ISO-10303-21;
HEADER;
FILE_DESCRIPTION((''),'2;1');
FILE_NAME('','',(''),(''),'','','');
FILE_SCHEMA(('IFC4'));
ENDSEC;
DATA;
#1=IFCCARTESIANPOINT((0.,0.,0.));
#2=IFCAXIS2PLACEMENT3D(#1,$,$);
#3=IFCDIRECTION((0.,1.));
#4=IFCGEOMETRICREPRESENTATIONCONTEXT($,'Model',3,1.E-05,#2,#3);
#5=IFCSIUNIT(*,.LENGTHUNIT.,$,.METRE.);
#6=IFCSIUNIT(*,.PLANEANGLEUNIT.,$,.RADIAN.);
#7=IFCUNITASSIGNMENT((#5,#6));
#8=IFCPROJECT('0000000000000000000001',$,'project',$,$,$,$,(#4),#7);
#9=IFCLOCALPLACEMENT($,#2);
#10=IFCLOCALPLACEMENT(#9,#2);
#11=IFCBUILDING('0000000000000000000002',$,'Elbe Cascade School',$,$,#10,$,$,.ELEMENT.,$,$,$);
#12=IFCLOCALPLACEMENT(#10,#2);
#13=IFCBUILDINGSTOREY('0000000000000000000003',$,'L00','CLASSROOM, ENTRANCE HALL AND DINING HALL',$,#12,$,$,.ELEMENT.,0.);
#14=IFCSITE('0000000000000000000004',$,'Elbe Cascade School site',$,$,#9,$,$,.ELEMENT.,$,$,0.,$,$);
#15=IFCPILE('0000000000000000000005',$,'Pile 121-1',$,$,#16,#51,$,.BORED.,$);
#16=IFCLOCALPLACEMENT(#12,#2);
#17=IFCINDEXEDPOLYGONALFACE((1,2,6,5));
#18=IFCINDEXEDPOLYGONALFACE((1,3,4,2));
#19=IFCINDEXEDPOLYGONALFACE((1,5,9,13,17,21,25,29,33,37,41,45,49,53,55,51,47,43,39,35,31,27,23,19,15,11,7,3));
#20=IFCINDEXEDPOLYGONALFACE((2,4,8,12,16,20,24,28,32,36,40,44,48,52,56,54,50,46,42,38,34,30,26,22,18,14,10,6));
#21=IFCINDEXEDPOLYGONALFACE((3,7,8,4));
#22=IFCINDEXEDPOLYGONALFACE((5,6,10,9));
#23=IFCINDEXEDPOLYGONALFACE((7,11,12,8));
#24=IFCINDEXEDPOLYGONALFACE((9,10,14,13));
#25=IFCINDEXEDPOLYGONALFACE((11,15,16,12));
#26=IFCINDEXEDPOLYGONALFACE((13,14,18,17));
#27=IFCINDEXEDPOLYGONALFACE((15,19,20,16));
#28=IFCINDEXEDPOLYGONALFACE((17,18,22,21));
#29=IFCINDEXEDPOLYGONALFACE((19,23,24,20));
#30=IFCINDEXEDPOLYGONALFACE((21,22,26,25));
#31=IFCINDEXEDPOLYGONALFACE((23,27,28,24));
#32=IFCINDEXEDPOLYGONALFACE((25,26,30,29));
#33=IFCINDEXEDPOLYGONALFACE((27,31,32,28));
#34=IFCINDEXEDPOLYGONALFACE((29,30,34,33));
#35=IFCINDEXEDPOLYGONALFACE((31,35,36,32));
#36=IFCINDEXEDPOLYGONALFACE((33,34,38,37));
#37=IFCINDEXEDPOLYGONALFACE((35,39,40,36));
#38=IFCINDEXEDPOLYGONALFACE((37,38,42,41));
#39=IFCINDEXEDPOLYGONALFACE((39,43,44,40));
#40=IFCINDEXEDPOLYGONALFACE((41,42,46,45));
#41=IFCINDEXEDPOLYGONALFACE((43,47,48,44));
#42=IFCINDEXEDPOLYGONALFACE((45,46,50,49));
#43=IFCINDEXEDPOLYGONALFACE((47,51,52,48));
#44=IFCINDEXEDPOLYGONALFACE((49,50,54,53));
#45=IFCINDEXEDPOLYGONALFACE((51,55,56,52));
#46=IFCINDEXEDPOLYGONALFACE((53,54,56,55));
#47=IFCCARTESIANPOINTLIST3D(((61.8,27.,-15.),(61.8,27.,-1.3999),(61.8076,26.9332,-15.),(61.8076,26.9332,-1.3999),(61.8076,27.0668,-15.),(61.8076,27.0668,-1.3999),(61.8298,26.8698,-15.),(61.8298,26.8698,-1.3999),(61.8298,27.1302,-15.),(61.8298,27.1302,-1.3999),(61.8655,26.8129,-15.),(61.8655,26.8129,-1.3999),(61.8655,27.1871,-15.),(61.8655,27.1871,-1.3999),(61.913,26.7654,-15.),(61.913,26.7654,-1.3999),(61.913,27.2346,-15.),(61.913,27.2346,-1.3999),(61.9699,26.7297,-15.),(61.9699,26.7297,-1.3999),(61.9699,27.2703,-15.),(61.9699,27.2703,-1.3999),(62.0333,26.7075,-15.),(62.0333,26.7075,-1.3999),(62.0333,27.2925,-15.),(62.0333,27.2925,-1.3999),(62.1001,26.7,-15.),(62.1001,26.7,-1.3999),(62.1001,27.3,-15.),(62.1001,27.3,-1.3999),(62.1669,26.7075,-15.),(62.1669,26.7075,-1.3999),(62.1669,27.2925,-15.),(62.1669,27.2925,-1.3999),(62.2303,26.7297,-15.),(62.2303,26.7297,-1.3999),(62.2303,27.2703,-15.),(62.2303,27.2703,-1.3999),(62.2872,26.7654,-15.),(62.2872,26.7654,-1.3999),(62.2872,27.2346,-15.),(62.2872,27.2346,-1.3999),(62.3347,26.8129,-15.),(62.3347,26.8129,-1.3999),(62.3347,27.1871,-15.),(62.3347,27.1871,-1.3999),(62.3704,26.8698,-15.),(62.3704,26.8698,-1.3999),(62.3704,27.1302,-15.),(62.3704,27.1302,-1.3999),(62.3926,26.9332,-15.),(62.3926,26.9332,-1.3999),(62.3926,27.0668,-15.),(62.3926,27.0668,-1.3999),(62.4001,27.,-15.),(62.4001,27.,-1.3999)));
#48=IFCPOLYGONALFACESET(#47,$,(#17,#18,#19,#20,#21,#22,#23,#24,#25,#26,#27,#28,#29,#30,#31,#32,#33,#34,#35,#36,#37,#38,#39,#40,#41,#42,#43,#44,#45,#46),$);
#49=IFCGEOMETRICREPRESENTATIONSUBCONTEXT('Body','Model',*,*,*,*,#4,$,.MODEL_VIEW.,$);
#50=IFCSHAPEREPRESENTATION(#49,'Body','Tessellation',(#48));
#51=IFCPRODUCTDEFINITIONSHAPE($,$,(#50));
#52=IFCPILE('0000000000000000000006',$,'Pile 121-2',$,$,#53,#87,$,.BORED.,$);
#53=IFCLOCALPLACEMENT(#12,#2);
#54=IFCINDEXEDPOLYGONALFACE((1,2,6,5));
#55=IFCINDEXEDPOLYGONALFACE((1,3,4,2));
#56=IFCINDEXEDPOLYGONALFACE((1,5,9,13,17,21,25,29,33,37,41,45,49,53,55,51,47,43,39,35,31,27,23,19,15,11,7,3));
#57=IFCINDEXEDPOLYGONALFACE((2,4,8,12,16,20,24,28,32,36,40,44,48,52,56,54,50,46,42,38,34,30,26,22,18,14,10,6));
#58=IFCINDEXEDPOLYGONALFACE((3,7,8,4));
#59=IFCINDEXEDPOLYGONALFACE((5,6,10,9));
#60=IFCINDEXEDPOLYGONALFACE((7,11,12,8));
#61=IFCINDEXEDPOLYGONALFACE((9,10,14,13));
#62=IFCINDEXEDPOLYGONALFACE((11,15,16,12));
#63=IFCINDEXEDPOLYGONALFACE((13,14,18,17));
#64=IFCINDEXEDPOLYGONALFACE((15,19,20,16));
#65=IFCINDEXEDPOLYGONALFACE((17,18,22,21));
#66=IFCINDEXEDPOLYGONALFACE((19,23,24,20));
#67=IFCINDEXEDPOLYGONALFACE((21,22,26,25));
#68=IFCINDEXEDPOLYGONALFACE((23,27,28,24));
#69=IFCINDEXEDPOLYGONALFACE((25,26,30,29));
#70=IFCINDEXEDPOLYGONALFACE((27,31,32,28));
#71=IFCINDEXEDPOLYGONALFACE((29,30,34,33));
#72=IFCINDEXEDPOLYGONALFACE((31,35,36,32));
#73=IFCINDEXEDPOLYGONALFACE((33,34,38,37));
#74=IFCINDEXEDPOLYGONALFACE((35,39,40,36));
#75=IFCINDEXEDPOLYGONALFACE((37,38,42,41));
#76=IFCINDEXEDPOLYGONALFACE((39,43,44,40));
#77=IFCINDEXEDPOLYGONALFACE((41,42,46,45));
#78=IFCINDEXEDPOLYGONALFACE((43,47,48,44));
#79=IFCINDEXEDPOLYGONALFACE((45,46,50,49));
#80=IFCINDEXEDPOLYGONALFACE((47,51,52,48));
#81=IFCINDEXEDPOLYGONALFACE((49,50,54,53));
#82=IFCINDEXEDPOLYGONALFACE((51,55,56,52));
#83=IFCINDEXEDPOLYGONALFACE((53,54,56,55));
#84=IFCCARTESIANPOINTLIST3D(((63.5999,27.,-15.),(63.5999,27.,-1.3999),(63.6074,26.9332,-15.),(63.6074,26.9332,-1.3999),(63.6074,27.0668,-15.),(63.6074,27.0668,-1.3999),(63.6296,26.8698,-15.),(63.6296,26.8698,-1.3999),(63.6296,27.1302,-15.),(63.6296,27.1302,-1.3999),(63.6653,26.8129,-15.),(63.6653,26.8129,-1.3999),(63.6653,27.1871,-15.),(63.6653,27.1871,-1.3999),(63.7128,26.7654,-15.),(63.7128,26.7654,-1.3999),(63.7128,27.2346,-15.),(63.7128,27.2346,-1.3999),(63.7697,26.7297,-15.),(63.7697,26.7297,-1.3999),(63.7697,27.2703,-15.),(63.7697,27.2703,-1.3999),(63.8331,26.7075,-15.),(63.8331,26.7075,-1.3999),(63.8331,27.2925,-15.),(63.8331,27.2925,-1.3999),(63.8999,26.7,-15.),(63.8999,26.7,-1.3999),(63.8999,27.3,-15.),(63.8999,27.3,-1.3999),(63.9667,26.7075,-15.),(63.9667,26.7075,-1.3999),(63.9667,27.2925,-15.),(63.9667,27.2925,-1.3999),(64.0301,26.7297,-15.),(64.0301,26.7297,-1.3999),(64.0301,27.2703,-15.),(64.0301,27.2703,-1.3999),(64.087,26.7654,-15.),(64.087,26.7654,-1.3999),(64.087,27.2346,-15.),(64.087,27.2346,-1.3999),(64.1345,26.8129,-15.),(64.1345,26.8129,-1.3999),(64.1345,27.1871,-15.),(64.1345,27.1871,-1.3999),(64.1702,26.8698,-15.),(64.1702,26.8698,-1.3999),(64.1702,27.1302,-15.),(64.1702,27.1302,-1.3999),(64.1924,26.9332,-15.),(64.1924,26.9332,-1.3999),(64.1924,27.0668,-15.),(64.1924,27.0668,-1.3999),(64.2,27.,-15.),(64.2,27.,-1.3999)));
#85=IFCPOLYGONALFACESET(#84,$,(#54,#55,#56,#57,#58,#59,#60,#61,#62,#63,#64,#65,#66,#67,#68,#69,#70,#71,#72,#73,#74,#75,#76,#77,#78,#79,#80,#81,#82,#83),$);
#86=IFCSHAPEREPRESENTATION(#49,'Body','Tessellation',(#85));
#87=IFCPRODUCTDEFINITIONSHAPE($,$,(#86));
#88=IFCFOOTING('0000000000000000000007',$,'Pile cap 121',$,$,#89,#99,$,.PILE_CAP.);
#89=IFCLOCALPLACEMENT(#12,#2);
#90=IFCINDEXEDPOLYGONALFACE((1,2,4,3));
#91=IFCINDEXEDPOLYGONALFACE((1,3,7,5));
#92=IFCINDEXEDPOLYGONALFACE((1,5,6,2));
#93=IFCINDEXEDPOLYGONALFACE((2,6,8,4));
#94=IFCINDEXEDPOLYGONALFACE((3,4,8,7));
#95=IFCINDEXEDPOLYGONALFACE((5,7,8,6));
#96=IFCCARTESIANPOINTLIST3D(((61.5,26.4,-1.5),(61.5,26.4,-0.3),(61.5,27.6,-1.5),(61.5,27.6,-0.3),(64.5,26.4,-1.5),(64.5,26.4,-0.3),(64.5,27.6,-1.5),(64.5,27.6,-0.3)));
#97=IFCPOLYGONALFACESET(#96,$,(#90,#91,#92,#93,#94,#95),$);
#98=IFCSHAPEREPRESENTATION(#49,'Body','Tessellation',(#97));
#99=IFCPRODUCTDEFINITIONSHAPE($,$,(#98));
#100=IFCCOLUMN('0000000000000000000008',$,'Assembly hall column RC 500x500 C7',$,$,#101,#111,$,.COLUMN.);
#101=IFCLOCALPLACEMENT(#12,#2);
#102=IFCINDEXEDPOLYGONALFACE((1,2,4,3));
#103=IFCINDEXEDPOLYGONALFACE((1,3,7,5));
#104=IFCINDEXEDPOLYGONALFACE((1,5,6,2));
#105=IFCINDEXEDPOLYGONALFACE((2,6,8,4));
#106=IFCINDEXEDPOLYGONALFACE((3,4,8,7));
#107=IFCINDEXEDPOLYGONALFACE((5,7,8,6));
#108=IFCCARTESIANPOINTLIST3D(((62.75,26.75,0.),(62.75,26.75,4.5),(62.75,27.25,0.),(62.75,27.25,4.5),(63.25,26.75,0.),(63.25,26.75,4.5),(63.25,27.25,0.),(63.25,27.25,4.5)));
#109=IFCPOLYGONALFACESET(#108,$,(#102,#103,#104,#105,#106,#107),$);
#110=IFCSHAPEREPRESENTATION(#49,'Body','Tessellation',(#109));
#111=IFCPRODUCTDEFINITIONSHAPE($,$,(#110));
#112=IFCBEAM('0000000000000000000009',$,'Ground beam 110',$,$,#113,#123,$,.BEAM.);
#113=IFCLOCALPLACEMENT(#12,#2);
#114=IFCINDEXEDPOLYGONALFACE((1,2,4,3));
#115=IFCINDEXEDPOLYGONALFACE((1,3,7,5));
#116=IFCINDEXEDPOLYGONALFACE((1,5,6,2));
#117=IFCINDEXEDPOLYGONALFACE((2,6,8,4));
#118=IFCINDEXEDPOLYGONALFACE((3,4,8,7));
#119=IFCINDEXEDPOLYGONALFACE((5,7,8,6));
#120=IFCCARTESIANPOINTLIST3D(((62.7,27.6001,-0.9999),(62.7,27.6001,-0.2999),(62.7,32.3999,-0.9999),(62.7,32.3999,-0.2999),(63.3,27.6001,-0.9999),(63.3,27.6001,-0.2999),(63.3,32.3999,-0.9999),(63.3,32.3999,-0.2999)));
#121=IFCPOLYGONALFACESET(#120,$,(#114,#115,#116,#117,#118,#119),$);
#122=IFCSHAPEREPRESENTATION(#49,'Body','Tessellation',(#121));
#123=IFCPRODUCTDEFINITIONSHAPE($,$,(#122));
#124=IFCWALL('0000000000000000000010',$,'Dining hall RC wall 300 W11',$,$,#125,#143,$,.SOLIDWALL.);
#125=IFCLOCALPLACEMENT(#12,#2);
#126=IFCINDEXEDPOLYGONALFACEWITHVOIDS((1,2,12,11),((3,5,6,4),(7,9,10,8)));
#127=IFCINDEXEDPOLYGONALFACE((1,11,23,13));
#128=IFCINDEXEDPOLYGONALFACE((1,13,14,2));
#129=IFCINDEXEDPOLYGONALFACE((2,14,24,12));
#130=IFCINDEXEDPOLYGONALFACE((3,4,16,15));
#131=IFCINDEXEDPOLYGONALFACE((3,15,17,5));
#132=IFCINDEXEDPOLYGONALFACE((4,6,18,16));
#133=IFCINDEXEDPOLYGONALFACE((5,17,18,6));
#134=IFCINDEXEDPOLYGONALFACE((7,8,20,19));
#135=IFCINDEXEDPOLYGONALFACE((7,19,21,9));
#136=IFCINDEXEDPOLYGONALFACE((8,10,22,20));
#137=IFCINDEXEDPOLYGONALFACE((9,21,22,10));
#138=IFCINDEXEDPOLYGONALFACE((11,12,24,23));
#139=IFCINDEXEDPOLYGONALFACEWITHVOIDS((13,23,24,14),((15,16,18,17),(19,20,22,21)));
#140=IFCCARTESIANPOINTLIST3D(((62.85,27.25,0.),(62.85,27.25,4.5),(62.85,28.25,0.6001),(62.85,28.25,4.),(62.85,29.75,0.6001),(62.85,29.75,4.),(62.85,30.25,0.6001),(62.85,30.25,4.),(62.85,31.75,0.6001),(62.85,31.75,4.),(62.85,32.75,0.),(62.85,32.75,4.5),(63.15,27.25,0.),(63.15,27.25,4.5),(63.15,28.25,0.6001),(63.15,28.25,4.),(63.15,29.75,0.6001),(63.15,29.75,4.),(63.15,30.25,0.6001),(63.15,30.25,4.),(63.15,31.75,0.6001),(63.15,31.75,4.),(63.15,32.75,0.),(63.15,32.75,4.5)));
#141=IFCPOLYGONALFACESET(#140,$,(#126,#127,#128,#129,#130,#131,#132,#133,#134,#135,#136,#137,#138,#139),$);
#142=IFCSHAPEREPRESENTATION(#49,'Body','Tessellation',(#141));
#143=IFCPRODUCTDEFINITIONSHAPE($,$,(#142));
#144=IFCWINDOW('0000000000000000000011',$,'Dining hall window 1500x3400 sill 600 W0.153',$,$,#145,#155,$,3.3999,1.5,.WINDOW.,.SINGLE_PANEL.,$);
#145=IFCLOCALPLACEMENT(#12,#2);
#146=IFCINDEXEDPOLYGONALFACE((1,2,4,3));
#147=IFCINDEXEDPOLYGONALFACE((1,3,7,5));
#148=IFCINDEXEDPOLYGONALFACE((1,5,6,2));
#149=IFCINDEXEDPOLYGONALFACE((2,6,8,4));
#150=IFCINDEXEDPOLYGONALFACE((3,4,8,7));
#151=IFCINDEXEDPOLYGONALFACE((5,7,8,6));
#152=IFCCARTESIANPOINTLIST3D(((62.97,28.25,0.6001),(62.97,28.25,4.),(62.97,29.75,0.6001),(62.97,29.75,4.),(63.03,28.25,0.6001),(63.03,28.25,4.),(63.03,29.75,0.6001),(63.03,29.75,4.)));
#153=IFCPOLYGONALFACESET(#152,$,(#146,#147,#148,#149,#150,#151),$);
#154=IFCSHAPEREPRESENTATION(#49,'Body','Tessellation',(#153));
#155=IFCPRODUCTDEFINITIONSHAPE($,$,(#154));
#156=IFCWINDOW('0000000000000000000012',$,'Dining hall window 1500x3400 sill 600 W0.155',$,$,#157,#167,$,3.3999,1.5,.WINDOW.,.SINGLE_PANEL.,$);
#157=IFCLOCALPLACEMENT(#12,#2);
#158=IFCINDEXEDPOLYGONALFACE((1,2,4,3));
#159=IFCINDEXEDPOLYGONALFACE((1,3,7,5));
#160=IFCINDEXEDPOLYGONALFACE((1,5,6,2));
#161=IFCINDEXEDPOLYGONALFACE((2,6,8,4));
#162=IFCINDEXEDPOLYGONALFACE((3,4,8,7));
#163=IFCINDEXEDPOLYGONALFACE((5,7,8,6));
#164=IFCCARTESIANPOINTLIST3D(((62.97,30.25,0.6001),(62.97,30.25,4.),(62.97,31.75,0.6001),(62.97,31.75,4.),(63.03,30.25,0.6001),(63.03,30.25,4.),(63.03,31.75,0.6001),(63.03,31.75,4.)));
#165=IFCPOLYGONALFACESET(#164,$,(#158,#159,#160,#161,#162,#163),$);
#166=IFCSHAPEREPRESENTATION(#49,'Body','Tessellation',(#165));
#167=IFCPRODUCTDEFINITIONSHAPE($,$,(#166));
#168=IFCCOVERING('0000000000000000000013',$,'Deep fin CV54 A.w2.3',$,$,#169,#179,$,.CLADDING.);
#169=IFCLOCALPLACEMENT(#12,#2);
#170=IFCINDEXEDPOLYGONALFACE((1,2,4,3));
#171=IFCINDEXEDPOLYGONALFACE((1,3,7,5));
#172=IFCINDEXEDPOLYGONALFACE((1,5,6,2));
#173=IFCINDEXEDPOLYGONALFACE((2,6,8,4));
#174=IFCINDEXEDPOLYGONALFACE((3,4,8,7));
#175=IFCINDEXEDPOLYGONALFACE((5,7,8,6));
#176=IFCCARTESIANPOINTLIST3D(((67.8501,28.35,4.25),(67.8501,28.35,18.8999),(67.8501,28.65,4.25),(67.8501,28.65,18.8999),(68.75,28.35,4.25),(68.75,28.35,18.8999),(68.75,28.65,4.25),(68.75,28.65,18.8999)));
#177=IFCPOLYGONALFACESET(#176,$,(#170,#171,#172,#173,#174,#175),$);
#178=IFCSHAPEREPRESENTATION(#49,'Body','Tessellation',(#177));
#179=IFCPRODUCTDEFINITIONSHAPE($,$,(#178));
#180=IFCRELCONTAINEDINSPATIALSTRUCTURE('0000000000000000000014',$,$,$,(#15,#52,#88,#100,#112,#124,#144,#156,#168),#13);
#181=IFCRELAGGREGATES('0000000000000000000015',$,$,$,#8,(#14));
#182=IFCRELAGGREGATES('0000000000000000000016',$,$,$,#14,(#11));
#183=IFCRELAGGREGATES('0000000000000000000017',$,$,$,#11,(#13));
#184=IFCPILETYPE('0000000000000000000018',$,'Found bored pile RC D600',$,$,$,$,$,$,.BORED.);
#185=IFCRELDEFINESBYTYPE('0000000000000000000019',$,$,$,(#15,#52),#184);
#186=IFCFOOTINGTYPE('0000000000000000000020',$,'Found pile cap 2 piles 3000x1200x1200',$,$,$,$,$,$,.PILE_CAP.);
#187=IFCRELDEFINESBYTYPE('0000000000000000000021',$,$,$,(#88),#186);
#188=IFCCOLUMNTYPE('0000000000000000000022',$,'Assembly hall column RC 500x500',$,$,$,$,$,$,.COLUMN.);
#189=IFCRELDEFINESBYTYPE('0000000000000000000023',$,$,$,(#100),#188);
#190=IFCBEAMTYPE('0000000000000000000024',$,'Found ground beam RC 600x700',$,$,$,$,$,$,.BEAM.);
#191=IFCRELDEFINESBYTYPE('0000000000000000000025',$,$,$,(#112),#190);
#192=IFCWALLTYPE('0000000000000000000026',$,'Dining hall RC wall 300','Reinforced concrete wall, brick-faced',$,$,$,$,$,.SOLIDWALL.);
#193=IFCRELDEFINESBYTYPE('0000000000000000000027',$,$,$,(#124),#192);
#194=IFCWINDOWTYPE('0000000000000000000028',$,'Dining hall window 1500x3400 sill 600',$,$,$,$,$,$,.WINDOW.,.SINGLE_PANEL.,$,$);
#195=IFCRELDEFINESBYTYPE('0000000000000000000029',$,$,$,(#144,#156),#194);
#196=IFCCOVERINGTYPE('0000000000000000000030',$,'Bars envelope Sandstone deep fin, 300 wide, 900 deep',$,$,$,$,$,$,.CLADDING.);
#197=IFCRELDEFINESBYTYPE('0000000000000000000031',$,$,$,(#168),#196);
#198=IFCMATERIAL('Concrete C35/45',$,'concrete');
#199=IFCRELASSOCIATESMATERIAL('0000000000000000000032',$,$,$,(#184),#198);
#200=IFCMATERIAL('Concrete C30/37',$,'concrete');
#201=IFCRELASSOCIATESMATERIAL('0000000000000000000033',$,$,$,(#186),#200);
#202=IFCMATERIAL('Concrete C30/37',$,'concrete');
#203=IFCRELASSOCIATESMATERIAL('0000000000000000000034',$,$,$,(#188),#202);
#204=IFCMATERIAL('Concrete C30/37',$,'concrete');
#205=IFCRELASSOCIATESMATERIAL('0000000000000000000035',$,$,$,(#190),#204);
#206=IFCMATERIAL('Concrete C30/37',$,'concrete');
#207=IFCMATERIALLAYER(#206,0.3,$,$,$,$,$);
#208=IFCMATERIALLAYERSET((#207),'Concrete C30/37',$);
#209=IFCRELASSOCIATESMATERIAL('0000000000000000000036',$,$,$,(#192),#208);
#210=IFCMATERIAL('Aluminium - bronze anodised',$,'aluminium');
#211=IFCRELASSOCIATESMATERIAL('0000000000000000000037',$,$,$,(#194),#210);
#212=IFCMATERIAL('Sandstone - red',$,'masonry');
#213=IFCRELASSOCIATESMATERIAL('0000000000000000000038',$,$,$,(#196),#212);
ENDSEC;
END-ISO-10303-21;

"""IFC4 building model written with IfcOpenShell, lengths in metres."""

from ifc_helpers import new_model, si_unit, direction, frame, frame_2d, origin, origin_2d, place, context, subcontext, project, spatial, rectangle, circle, extrude, material, layer, layer_set, material_profile, profile_set, type_object, element, fill, save


model = new_model("IFC4")

# Units and contexts
model_context = context("Model", 3, precision=1e-05, world=origin(), true_north=direction((0.0, 1.0)))
body_context = subcontext(model_context, "Body", "Model", "MODEL_VIEW")
ifc_project = project(units=[si_unit("LENGTHUNIT", "METRE"), si_unit("PLANEANGLEUNIT", "RADIAN")], contexts=[model_context])

# Site, building, storey
site_placement = place(None, origin())
site = spatial("IfcSite", under=ifc_project, at=site_placement, Name="Elbe Cascade School site", CompositionType="ELEMENT", RefElevation=0.0)
building_placement = place(site_placement, origin())
building = spatial("IfcBuilding", under=site, at=building_placement, Name="Elbe Cascade School", CompositionType="ELEMENT")
storey_placement = place(building_placement, origin())
storey = spatial("IfcBuildingStorey", under=building, at=storey_placement, Name="L00", Description="CLASSROOM, ENTRANCE HALL AND DINING HALL", CompositionType="ELEMENT", Elevation=0.0)

# Piles
ifc_material_1 = material(Name="Concrete C35/45", Category="concrete")
ifc_material_profile_1 = material_profile(ifc_material_1, circle(Radius=0.3, at=origin_2d()), Name="RC D600")
ifc_profile_set_1 = profile_set([ifc_material_profile_1], Name="Concrete C35/45")
pile_type = type_object("IfcPileType", Name="Found bored pile RC D600", PredefinedType="BORED", material=ifc_profile_set_1)
for number, where, z_axis, x_axis, name in (
    (1, (62.1001, 27.0, -1.3999), (0.0, 0.0, -1.0), (1.0, 0.0, 0.0), "Pile 121-1"),
    (2, (63.8999, 27.0, -1.3999), (0.0, 0.0, -1.0), (1.0, 0.0, 0.0), "Pile 121-2"),
):
    element("IfcPile", number, at=place(storey_placement, frame(where, z_axis=z_axis, x_axis=x_axis)), inside=storey, type_object=pile_type, Name=name, PredefinedType="BORED", context=body_context, shape_type="SweptSolid", body=[
        extrude(circle(Radius=0.3, at=origin_2d()), origin(), (0.0, 0.0, 1.0), 13.6001),
    ])

# Footing
ifc_material_2 = material(Name="Concrete C30/37", Category="concrete")
footing_type = type_object("IfcFootingType", Name="Found pile cap 2 piles 3000x1200x1200", PredefinedType="PILE_CAP", material=ifc_material_2)
footing_placement = place(storey_placement, frame((63.0, 27.0, -1.5), z_axis=(0.0, 0.0, 1.0), x_axis=(1.0, 0.0, 0.0)))
element("IfcFooting", 3, at=footing_placement, inside=storey, type_object=footing_type, Name="Pile cap 121", PredefinedType="PILE_CAP", context=body_context, shape_type="SweptSolid", body=[
    extrude(rectangle(XDim=3.0, YDim=1.2, at=origin_2d()), origin(), (0.0, 0.0, 1.0), 1.2),
])

# Column
ifc_material_3 = material(Name="Concrete C30/37", Category="concrete")
ifc_material_profile_2 = material_profile(ifc_material_3, rectangle(XDim=0.5, YDim=0.5, at=origin_2d()), Name="RC 500x500")
ifc_profile_set_2 = profile_set([ifc_material_profile_2], Name="Concrete C30/37")
column_type = type_object("IfcColumnType", Name="Assembly hall column RC 500x500", PredefinedType="COLUMN", material=ifc_profile_set_2)
column_placement = place(storey_placement, frame((63.0, 27.0, 0.0), z_axis=(0.0, 0.0, 1.0), x_axis=(1.0, 0.0, 0.0)))
element("IfcColumn", 4, at=column_placement, inside=storey, type_object=column_type, Name="Assembly hall column RC 500x500 C7", PredefinedType="COLUMN", context=body_context, shape_type="SweptSolid", body=[
    extrude(rectangle(XDim=0.5, YDim=0.5, at=origin_2d()), origin(), (0.0, 0.0, 1.0), 4.5),
])

# Beam
ifc_material_4 = material(Name="Concrete C30/37", Category="concrete")
ifc_material_profile_3 = material_profile(ifc_material_4, rectangle(XDim=0.6001, YDim=0.7, at=origin_2d()), Name="RC 600x700")
ifc_profile_set_3 = profile_set([ifc_material_profile_3], Name="Concrete C30/37")
beam_type = type_object("IfcBeamType", Name="Found ground beam RC 600x700", PredefinedType="BEAM", material=ifc_profile_set_3)
beam_placement = place(storey_placement, frame((63.0, 27.6001, -0.6499), z_axis=(0.0, 1.0, 0.0), x_axis=(-1.0, 0.0, 0.0)))
element("IfcBeam", 5, at=beam_placement, inside=storey, type_object=beam_type, Name="Ground beam 110", PredefinedType="BEAM", context=body_context, shape_type="SweptSolid", body=[
    extrude(rectangle(XDim=0.6001, YDim=0.7, at=origin_2d()), origin(), (0.0, 0.0, 1.0), 4.7998),
])

# Shared definitions
ifc_material_5 = material(Name="Concrete C30/37", Category="concrete")
ifc_layer_1 = layer(ifc_material_5, 0.3)
ifc_layer_set_1 = layer_set([ifc_layer_1], Name="Concrete C30/37")
wall_type = type_object("IfcWallType", Name="Dining hall RC wall 300", Description="Reinforced concrete wall, brick-faced", PredefinedType="SOLIDWALL", material=ifc_layer_set_1)

# Wall, openings, windows
wall_1_placement = place(storey_placement, frame((63.0, 32.75, 0.0), z_axis=(0.0, 0.0, 1.0), x_axis=(0.0, -1.0, 0.0)))
wall_1 = element("IfcWall", 6, at=wall_1_placement, inside=storey, type_object=wall_type, Name="Dining hall RC wall 300 W11", PredefinedType="SOLIDWALL", context=body_context, shape_type="SweptSolid", body=[
    extrude(rectangle(XDim=5.5, YDim=0.3, at=frame_2d((2.75, 0.0))), origin(), (0.0, 0.0, 1.0), 4.5),
])
opening_1_placement = place(wall_1_placement, frame((3.0, 0.0, 0.6001)))
opening_1 = element("IfcOpeningElement", 7, at=opening_1_placement, cuts=wall_1, PredefinedType="OPENING", context=body_context, shape_type="SweptSolid", body=[
    extrude(rectangle(XDim=1.5, YDim=3.3999, at=frame_2d((0.75, 1.7))), frame((0.0, 0.1599, 0.0), z_axis=(0.0, -1.0, 0.0), x_axis=(1.0, 0.0, 0.0)), (0.0, 0.0, 1.0), 0.3201),
])
opening_2_placement = place(wall_1_placement, frame((1.0, 0.0, 0.6001)))
opening_2 = element("IfcOpeningElement", 8, at=opening_2_placement, cuts=wall_1, PredefinedType="OPENING", context=body_context, shape_type="SweptSolid", body=[
    extrude(rectangle(XDim=1.5, YDim=3.3999, at=frame_2d((0.75, 1.7))), frame((0.0, 0.1599, 0.0), z_axis=(0.0, -1.0, 0.0), x_axis=(1.0, 0.0, 0.0)), (0.0, 0.0, 1.0), 0.3201),
])
ifc_material_6 = material(Name="Aluminium - bronze anodised", Category="aluminium")
window_type = type_object("IfcWindowType", Name="Dining hall window 1500x3400 sill 600", PartitioningType="SINGLE_PANEL", PredefinedType="WINDOW", material=ifc_material_6)
window_1_placement = place(opening_1_placement, origin())
window_1 = element("IfcWindow", 9, at=window_1_placement, inside=storey, type_object=window_type, Name="Dining hall window 1500x3400 sill 600 W0.153", OverallHeight=3.3999, OverallWidth=1.5, PartitioningType="SINGLE_PANEL", PredefinedType="WINDOW", context=body_context, shape_type="SweptSolid", body=[
    extrude(rectangle(XDim=1.5, YDim=3.3999, at=frame_2d((0.75, 1.7))), frame((0.0, 0.03, 0.0), z_axis=(0.0, -1.0, 0.0), x_axis=(1.0, 0.0, 0.0)), (0.0, 0.0, 1.0), 0.0601),
])
fill(opening_1, window_1)
window_2_placement = place(opening_2_placement, origin())
window_2 = element("IfcWindow", 10, at=window_2_placement, inside=storey, type_object=window_type, Name="Dining hall window 1500x3400 sill 600 W0.155", OverallHeight=3.3999, OverallWidth=1.5, PartitioningType="SINGLE_PANEL", PredefinedType="WINDOW", context=body_context, shape_type="SweptSolid", body=[
    extrude(rectangle(XDim=1.5, YDim=3.3999, at=frame_2d((0.75, 1.7))), frame((0.0, 0.03, 0.0), z_axis=(0.0, -1.0, 0.0), x_axis=(1.0, 0.0, 0.0)), (0.0, 0.0, 1.0), 0.0601),
])
fill(opening_2, window_2)

# Covering
ifc_material_7 = material(Name="Sandstone - red", Category="masonry")
covering_type_1 = type_object("IfcCoveringType", Name="Bars envelope Sandstone deep fin, 300 wide, 900 deep", PredefinedType="CLADDING", material=ifc_material_7)
for number, where, z_axis, x_axis, name in (
    (11, (68.3, 28.5, 4.25), (0.0, 0.0, 1.0), (0.0, 1.0, 0.0), "Deep fin CV54 A.w2.3"),
):
    element("IfcCovering", number, at=place(storey_placement, frame(where, z_axis=z_axis, x_axis=x_axis)), inside=storey, type_object=covering_type_1, Name=name, PredefinedType="CLADDING", context=body_context, shape_type="SweptSolid", body=[
        extrude(rectangle(XDim=0.3, YDim=0.8999, at=origin_2d()), origin(), (0.0, 0.0, 1.0), 14.6499),
    ])

save(model, "model.ifc")
